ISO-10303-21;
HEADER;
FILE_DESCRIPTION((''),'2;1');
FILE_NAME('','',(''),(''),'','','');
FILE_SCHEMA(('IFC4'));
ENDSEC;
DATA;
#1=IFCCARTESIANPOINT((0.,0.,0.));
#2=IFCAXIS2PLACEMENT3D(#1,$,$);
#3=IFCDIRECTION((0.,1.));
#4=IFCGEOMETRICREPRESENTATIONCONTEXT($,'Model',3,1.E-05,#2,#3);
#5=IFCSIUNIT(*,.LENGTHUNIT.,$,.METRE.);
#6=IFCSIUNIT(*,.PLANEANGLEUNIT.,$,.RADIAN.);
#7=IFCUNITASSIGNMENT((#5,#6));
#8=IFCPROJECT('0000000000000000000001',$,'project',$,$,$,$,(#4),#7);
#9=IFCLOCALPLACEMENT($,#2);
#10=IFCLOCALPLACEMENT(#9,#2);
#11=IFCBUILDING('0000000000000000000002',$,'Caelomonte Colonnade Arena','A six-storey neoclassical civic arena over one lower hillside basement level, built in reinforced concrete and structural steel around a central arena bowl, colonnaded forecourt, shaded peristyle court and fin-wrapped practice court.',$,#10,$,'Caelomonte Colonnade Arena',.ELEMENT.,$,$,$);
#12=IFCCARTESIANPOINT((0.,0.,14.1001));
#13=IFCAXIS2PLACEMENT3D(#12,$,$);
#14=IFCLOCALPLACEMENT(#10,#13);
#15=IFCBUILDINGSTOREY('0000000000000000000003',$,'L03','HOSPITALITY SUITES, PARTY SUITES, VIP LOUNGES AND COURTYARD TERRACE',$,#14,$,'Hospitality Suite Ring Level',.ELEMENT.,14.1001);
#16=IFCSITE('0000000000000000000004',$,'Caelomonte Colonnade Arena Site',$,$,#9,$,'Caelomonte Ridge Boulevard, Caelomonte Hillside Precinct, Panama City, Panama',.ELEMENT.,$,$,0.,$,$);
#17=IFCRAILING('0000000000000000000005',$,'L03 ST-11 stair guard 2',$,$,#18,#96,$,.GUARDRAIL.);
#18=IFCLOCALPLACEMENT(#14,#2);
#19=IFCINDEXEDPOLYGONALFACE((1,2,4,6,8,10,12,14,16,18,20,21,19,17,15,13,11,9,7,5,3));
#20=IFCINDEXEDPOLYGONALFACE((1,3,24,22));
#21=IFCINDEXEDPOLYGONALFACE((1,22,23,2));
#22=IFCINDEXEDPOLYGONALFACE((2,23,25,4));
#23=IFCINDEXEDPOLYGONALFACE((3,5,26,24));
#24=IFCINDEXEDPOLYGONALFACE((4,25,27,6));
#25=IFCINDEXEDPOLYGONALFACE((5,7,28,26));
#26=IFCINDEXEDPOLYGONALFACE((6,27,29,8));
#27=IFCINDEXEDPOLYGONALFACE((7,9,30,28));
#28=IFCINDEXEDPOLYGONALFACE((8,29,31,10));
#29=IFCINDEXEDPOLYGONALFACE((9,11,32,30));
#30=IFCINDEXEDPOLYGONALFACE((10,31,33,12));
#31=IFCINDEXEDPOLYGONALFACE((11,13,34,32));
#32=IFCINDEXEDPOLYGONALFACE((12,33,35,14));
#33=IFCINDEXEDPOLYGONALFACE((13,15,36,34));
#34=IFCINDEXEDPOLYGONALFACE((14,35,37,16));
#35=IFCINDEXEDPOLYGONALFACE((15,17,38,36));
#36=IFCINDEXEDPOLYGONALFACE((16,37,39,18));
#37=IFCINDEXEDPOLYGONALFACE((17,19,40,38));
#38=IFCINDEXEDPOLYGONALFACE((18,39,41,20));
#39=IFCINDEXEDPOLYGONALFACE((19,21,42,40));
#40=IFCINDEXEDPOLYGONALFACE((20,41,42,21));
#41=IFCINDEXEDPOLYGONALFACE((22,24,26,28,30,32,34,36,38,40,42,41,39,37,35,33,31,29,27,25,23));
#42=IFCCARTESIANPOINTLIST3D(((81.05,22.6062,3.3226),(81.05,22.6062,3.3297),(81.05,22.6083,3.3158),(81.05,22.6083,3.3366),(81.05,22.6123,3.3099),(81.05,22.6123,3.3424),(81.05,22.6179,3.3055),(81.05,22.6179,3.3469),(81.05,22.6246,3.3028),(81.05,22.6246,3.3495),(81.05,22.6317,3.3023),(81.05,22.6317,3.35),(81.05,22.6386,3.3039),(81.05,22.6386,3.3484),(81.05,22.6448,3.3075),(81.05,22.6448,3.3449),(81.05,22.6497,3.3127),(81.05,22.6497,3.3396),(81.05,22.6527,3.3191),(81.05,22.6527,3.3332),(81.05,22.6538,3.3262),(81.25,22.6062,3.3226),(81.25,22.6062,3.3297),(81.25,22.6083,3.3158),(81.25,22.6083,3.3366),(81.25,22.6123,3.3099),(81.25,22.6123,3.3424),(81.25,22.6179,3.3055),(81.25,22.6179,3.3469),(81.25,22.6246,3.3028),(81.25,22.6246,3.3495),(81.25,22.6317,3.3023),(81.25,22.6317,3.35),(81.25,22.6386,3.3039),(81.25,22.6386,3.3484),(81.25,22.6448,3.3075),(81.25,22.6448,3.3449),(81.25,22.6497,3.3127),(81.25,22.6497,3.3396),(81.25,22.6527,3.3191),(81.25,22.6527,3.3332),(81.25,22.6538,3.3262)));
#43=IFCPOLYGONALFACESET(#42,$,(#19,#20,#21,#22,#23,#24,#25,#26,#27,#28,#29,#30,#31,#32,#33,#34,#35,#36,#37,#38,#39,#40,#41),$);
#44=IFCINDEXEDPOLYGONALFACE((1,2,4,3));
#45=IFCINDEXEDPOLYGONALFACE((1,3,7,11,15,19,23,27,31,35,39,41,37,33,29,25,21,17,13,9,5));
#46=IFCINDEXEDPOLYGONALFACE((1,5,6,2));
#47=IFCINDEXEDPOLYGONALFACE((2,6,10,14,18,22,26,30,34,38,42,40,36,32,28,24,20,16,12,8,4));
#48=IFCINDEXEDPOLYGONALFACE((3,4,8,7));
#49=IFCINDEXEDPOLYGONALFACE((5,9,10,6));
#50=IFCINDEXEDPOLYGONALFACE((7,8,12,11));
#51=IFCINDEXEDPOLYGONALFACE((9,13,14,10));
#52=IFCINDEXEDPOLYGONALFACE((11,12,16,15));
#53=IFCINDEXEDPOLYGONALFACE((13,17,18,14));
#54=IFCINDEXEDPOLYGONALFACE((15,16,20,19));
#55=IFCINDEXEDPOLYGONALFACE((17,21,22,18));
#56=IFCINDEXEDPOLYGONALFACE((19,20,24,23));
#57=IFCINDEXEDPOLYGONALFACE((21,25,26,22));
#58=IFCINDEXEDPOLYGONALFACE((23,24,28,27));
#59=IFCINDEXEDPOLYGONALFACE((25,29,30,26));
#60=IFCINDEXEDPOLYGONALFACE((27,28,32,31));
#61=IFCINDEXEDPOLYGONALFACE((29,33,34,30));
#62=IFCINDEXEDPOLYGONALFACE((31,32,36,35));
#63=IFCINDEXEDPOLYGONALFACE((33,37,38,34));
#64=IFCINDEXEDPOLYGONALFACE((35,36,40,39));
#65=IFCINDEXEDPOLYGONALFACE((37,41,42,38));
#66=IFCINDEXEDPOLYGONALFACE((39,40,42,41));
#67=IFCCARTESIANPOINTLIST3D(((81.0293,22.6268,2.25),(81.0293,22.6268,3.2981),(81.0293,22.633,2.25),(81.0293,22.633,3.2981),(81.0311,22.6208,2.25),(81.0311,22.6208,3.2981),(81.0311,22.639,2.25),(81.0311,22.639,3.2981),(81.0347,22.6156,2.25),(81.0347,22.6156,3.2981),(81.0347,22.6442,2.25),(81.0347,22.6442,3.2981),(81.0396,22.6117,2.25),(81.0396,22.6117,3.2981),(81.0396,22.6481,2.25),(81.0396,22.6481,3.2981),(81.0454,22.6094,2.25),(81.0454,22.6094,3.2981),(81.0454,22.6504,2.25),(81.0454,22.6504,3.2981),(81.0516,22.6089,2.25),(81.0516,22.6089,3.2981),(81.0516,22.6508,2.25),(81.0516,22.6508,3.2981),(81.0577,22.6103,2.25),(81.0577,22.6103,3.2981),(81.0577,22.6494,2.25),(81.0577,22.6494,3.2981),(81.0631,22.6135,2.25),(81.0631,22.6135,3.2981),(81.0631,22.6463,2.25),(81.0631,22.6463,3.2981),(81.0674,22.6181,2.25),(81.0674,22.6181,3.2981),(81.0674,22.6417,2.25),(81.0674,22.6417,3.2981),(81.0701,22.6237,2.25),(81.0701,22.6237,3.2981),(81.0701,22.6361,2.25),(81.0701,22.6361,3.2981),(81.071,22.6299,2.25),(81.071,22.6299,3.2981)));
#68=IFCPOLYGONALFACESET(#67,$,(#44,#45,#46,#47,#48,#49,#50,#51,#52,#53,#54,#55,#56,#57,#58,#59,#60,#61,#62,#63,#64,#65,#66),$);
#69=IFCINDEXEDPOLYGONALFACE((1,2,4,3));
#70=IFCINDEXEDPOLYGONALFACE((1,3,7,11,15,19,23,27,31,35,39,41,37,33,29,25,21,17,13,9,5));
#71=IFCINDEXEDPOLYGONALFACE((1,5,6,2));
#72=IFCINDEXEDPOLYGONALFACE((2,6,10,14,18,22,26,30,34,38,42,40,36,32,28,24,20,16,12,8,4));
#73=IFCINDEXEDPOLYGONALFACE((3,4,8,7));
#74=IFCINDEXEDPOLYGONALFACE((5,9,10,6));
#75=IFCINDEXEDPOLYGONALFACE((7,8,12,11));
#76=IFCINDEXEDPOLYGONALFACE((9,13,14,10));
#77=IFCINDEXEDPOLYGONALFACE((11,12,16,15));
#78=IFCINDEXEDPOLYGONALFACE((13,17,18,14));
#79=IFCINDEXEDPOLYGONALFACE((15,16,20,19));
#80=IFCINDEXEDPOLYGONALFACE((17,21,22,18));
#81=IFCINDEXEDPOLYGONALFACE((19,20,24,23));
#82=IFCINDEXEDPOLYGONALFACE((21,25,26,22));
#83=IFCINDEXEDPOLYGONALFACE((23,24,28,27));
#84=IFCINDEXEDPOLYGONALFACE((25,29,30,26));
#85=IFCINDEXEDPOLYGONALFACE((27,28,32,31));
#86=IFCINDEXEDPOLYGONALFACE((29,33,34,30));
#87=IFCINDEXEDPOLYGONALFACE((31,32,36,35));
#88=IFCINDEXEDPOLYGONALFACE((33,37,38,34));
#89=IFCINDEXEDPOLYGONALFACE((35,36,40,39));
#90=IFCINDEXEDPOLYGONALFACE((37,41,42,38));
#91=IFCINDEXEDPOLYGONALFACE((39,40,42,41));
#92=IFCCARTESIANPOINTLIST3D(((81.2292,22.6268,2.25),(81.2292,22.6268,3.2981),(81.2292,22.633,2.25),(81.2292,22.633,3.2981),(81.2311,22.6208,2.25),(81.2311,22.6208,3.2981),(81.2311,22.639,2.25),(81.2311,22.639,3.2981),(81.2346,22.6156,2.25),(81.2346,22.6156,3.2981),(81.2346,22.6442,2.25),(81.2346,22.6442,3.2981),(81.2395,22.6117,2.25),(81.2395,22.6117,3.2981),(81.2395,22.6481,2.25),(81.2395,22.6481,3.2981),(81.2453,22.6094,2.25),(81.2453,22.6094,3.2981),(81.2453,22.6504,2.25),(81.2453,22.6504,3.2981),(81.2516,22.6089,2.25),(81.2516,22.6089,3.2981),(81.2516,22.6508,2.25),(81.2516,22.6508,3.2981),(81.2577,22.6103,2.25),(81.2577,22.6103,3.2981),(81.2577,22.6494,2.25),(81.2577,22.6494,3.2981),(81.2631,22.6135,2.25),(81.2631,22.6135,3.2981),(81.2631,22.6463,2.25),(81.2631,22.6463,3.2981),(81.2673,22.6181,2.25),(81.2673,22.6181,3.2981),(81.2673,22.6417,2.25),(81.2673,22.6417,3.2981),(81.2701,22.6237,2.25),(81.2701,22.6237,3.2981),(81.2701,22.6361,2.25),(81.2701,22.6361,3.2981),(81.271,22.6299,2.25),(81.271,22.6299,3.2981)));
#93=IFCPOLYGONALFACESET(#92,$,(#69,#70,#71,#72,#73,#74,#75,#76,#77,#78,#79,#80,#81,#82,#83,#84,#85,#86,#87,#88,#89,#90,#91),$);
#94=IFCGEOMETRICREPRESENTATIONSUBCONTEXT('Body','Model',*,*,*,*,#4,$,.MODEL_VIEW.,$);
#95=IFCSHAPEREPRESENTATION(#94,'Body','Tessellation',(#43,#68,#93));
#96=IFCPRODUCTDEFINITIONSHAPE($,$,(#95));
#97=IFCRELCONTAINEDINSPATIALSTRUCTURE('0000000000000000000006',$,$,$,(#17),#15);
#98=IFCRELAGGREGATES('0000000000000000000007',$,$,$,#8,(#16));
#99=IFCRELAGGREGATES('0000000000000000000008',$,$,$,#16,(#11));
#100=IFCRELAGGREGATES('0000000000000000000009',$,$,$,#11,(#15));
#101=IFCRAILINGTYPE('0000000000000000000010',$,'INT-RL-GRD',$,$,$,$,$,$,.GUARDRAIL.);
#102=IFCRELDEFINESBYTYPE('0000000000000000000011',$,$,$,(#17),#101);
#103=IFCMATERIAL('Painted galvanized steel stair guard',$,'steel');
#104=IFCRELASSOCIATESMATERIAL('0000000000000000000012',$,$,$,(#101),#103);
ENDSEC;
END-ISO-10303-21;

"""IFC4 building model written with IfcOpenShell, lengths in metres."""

from ifc_helpers import new_model, si_unit, direction, frame, origin, origin_2d, place, context, subcontext, project, spatial, circle, extrude, material, type_object, element, save


model = new_model("IFC4")

# Units and contexts
model_context = context("Model", 3, precision=1e-05, world=origin(), true_north=direction((0.0, 1.0)))
body_context = subcontext(model_context, "Body", "Model", "MODEL_VIEW")
ifc_project = project(units=[si_unit("LENGTHUNIT", "METRE"), si_unit("PLANEANGLEUNIT", "RADIAN")], contexts=[model_context])

# Site, building, storey
site_placement = place(None, origin())
site = spatial("IfcSite", under=ifc_project, at=site_placement, Name="Caelomonte Colonnade Arena Site", LongName="Caelomonte Ridge Boulevard, Caelomonte Hillside Precinct, Panama City, Panama", CompositionType="ELEMENT", RefElevation=0.0)
building_placement = place(site_placement, origin())
building = spatial("IfcBuilding", under=site, at=building_placement, Name="Caelomonte Colonnade Arena", Description="A six-storey neoclassical civic arena over one lower hillside basement level, built in reinforced concrete and structural steel around a central arena bowl, colonnaded forecourt, shaded peristyle court and fin-wrapped practice court.", LongName="Caelomonte Colonnade Arena", CompositionType="ELEMENT")
storey_placement = place(building_placement, frame((0.0, 0.0, 14.1001)))
storey = spatial("IfcBuildingStorey", under=building, at=storey_placement, Name="L03", Description="HOSPITALITY SUITES, PARTY SUITES, VIP LOUNGES AND COURTYARD TERRACE", LongName="Hospitality Suite Ring Level", CompositionType="ELEMENT", Elevation=14.1001)

# Railing
ifc_material_1 = material(Name="Painted galvanized steel stair guard", Category="steel")
railing_type_1 = type_object("IfcRailingType", Name="INT-RL-GRD", PredefinedType="GUARDRAIL", material=ifc_material_1)
railing_1_placement = place(storey_placement, frame((81.05, 22.6299, 2.25)))
element("IfcRailing", 1, at=railing_1_placement, inside=storey, type_object=railing_type_1, Name="L03 ST-11 stair guard 2", PredefinedType="GUARDRAIL", context=body_context, shape_type="SweptSolid", body=[
    extrude(circle(Radius=0.0239, at=origin_2d()), frame((0.0, 0.0, 1.0762), z_axis=(1.0, 0.0, 0.0), x_axis=(0.0, 1.0, 0.0)), (0.0, 0.0, 1.0), 0.2),
    extrude(circle(Radius=0.021, at=origin_2d()), origin(), (0.0, 0.0, 1.0), 1.0481),
    extrude(circle(Radius=0.021, at=origin_2d()), frame((0.2, 0.0, 0.0)), (0.0, 0.0, 1.0), 1.0481),
])

save(model, "model.ifc")
